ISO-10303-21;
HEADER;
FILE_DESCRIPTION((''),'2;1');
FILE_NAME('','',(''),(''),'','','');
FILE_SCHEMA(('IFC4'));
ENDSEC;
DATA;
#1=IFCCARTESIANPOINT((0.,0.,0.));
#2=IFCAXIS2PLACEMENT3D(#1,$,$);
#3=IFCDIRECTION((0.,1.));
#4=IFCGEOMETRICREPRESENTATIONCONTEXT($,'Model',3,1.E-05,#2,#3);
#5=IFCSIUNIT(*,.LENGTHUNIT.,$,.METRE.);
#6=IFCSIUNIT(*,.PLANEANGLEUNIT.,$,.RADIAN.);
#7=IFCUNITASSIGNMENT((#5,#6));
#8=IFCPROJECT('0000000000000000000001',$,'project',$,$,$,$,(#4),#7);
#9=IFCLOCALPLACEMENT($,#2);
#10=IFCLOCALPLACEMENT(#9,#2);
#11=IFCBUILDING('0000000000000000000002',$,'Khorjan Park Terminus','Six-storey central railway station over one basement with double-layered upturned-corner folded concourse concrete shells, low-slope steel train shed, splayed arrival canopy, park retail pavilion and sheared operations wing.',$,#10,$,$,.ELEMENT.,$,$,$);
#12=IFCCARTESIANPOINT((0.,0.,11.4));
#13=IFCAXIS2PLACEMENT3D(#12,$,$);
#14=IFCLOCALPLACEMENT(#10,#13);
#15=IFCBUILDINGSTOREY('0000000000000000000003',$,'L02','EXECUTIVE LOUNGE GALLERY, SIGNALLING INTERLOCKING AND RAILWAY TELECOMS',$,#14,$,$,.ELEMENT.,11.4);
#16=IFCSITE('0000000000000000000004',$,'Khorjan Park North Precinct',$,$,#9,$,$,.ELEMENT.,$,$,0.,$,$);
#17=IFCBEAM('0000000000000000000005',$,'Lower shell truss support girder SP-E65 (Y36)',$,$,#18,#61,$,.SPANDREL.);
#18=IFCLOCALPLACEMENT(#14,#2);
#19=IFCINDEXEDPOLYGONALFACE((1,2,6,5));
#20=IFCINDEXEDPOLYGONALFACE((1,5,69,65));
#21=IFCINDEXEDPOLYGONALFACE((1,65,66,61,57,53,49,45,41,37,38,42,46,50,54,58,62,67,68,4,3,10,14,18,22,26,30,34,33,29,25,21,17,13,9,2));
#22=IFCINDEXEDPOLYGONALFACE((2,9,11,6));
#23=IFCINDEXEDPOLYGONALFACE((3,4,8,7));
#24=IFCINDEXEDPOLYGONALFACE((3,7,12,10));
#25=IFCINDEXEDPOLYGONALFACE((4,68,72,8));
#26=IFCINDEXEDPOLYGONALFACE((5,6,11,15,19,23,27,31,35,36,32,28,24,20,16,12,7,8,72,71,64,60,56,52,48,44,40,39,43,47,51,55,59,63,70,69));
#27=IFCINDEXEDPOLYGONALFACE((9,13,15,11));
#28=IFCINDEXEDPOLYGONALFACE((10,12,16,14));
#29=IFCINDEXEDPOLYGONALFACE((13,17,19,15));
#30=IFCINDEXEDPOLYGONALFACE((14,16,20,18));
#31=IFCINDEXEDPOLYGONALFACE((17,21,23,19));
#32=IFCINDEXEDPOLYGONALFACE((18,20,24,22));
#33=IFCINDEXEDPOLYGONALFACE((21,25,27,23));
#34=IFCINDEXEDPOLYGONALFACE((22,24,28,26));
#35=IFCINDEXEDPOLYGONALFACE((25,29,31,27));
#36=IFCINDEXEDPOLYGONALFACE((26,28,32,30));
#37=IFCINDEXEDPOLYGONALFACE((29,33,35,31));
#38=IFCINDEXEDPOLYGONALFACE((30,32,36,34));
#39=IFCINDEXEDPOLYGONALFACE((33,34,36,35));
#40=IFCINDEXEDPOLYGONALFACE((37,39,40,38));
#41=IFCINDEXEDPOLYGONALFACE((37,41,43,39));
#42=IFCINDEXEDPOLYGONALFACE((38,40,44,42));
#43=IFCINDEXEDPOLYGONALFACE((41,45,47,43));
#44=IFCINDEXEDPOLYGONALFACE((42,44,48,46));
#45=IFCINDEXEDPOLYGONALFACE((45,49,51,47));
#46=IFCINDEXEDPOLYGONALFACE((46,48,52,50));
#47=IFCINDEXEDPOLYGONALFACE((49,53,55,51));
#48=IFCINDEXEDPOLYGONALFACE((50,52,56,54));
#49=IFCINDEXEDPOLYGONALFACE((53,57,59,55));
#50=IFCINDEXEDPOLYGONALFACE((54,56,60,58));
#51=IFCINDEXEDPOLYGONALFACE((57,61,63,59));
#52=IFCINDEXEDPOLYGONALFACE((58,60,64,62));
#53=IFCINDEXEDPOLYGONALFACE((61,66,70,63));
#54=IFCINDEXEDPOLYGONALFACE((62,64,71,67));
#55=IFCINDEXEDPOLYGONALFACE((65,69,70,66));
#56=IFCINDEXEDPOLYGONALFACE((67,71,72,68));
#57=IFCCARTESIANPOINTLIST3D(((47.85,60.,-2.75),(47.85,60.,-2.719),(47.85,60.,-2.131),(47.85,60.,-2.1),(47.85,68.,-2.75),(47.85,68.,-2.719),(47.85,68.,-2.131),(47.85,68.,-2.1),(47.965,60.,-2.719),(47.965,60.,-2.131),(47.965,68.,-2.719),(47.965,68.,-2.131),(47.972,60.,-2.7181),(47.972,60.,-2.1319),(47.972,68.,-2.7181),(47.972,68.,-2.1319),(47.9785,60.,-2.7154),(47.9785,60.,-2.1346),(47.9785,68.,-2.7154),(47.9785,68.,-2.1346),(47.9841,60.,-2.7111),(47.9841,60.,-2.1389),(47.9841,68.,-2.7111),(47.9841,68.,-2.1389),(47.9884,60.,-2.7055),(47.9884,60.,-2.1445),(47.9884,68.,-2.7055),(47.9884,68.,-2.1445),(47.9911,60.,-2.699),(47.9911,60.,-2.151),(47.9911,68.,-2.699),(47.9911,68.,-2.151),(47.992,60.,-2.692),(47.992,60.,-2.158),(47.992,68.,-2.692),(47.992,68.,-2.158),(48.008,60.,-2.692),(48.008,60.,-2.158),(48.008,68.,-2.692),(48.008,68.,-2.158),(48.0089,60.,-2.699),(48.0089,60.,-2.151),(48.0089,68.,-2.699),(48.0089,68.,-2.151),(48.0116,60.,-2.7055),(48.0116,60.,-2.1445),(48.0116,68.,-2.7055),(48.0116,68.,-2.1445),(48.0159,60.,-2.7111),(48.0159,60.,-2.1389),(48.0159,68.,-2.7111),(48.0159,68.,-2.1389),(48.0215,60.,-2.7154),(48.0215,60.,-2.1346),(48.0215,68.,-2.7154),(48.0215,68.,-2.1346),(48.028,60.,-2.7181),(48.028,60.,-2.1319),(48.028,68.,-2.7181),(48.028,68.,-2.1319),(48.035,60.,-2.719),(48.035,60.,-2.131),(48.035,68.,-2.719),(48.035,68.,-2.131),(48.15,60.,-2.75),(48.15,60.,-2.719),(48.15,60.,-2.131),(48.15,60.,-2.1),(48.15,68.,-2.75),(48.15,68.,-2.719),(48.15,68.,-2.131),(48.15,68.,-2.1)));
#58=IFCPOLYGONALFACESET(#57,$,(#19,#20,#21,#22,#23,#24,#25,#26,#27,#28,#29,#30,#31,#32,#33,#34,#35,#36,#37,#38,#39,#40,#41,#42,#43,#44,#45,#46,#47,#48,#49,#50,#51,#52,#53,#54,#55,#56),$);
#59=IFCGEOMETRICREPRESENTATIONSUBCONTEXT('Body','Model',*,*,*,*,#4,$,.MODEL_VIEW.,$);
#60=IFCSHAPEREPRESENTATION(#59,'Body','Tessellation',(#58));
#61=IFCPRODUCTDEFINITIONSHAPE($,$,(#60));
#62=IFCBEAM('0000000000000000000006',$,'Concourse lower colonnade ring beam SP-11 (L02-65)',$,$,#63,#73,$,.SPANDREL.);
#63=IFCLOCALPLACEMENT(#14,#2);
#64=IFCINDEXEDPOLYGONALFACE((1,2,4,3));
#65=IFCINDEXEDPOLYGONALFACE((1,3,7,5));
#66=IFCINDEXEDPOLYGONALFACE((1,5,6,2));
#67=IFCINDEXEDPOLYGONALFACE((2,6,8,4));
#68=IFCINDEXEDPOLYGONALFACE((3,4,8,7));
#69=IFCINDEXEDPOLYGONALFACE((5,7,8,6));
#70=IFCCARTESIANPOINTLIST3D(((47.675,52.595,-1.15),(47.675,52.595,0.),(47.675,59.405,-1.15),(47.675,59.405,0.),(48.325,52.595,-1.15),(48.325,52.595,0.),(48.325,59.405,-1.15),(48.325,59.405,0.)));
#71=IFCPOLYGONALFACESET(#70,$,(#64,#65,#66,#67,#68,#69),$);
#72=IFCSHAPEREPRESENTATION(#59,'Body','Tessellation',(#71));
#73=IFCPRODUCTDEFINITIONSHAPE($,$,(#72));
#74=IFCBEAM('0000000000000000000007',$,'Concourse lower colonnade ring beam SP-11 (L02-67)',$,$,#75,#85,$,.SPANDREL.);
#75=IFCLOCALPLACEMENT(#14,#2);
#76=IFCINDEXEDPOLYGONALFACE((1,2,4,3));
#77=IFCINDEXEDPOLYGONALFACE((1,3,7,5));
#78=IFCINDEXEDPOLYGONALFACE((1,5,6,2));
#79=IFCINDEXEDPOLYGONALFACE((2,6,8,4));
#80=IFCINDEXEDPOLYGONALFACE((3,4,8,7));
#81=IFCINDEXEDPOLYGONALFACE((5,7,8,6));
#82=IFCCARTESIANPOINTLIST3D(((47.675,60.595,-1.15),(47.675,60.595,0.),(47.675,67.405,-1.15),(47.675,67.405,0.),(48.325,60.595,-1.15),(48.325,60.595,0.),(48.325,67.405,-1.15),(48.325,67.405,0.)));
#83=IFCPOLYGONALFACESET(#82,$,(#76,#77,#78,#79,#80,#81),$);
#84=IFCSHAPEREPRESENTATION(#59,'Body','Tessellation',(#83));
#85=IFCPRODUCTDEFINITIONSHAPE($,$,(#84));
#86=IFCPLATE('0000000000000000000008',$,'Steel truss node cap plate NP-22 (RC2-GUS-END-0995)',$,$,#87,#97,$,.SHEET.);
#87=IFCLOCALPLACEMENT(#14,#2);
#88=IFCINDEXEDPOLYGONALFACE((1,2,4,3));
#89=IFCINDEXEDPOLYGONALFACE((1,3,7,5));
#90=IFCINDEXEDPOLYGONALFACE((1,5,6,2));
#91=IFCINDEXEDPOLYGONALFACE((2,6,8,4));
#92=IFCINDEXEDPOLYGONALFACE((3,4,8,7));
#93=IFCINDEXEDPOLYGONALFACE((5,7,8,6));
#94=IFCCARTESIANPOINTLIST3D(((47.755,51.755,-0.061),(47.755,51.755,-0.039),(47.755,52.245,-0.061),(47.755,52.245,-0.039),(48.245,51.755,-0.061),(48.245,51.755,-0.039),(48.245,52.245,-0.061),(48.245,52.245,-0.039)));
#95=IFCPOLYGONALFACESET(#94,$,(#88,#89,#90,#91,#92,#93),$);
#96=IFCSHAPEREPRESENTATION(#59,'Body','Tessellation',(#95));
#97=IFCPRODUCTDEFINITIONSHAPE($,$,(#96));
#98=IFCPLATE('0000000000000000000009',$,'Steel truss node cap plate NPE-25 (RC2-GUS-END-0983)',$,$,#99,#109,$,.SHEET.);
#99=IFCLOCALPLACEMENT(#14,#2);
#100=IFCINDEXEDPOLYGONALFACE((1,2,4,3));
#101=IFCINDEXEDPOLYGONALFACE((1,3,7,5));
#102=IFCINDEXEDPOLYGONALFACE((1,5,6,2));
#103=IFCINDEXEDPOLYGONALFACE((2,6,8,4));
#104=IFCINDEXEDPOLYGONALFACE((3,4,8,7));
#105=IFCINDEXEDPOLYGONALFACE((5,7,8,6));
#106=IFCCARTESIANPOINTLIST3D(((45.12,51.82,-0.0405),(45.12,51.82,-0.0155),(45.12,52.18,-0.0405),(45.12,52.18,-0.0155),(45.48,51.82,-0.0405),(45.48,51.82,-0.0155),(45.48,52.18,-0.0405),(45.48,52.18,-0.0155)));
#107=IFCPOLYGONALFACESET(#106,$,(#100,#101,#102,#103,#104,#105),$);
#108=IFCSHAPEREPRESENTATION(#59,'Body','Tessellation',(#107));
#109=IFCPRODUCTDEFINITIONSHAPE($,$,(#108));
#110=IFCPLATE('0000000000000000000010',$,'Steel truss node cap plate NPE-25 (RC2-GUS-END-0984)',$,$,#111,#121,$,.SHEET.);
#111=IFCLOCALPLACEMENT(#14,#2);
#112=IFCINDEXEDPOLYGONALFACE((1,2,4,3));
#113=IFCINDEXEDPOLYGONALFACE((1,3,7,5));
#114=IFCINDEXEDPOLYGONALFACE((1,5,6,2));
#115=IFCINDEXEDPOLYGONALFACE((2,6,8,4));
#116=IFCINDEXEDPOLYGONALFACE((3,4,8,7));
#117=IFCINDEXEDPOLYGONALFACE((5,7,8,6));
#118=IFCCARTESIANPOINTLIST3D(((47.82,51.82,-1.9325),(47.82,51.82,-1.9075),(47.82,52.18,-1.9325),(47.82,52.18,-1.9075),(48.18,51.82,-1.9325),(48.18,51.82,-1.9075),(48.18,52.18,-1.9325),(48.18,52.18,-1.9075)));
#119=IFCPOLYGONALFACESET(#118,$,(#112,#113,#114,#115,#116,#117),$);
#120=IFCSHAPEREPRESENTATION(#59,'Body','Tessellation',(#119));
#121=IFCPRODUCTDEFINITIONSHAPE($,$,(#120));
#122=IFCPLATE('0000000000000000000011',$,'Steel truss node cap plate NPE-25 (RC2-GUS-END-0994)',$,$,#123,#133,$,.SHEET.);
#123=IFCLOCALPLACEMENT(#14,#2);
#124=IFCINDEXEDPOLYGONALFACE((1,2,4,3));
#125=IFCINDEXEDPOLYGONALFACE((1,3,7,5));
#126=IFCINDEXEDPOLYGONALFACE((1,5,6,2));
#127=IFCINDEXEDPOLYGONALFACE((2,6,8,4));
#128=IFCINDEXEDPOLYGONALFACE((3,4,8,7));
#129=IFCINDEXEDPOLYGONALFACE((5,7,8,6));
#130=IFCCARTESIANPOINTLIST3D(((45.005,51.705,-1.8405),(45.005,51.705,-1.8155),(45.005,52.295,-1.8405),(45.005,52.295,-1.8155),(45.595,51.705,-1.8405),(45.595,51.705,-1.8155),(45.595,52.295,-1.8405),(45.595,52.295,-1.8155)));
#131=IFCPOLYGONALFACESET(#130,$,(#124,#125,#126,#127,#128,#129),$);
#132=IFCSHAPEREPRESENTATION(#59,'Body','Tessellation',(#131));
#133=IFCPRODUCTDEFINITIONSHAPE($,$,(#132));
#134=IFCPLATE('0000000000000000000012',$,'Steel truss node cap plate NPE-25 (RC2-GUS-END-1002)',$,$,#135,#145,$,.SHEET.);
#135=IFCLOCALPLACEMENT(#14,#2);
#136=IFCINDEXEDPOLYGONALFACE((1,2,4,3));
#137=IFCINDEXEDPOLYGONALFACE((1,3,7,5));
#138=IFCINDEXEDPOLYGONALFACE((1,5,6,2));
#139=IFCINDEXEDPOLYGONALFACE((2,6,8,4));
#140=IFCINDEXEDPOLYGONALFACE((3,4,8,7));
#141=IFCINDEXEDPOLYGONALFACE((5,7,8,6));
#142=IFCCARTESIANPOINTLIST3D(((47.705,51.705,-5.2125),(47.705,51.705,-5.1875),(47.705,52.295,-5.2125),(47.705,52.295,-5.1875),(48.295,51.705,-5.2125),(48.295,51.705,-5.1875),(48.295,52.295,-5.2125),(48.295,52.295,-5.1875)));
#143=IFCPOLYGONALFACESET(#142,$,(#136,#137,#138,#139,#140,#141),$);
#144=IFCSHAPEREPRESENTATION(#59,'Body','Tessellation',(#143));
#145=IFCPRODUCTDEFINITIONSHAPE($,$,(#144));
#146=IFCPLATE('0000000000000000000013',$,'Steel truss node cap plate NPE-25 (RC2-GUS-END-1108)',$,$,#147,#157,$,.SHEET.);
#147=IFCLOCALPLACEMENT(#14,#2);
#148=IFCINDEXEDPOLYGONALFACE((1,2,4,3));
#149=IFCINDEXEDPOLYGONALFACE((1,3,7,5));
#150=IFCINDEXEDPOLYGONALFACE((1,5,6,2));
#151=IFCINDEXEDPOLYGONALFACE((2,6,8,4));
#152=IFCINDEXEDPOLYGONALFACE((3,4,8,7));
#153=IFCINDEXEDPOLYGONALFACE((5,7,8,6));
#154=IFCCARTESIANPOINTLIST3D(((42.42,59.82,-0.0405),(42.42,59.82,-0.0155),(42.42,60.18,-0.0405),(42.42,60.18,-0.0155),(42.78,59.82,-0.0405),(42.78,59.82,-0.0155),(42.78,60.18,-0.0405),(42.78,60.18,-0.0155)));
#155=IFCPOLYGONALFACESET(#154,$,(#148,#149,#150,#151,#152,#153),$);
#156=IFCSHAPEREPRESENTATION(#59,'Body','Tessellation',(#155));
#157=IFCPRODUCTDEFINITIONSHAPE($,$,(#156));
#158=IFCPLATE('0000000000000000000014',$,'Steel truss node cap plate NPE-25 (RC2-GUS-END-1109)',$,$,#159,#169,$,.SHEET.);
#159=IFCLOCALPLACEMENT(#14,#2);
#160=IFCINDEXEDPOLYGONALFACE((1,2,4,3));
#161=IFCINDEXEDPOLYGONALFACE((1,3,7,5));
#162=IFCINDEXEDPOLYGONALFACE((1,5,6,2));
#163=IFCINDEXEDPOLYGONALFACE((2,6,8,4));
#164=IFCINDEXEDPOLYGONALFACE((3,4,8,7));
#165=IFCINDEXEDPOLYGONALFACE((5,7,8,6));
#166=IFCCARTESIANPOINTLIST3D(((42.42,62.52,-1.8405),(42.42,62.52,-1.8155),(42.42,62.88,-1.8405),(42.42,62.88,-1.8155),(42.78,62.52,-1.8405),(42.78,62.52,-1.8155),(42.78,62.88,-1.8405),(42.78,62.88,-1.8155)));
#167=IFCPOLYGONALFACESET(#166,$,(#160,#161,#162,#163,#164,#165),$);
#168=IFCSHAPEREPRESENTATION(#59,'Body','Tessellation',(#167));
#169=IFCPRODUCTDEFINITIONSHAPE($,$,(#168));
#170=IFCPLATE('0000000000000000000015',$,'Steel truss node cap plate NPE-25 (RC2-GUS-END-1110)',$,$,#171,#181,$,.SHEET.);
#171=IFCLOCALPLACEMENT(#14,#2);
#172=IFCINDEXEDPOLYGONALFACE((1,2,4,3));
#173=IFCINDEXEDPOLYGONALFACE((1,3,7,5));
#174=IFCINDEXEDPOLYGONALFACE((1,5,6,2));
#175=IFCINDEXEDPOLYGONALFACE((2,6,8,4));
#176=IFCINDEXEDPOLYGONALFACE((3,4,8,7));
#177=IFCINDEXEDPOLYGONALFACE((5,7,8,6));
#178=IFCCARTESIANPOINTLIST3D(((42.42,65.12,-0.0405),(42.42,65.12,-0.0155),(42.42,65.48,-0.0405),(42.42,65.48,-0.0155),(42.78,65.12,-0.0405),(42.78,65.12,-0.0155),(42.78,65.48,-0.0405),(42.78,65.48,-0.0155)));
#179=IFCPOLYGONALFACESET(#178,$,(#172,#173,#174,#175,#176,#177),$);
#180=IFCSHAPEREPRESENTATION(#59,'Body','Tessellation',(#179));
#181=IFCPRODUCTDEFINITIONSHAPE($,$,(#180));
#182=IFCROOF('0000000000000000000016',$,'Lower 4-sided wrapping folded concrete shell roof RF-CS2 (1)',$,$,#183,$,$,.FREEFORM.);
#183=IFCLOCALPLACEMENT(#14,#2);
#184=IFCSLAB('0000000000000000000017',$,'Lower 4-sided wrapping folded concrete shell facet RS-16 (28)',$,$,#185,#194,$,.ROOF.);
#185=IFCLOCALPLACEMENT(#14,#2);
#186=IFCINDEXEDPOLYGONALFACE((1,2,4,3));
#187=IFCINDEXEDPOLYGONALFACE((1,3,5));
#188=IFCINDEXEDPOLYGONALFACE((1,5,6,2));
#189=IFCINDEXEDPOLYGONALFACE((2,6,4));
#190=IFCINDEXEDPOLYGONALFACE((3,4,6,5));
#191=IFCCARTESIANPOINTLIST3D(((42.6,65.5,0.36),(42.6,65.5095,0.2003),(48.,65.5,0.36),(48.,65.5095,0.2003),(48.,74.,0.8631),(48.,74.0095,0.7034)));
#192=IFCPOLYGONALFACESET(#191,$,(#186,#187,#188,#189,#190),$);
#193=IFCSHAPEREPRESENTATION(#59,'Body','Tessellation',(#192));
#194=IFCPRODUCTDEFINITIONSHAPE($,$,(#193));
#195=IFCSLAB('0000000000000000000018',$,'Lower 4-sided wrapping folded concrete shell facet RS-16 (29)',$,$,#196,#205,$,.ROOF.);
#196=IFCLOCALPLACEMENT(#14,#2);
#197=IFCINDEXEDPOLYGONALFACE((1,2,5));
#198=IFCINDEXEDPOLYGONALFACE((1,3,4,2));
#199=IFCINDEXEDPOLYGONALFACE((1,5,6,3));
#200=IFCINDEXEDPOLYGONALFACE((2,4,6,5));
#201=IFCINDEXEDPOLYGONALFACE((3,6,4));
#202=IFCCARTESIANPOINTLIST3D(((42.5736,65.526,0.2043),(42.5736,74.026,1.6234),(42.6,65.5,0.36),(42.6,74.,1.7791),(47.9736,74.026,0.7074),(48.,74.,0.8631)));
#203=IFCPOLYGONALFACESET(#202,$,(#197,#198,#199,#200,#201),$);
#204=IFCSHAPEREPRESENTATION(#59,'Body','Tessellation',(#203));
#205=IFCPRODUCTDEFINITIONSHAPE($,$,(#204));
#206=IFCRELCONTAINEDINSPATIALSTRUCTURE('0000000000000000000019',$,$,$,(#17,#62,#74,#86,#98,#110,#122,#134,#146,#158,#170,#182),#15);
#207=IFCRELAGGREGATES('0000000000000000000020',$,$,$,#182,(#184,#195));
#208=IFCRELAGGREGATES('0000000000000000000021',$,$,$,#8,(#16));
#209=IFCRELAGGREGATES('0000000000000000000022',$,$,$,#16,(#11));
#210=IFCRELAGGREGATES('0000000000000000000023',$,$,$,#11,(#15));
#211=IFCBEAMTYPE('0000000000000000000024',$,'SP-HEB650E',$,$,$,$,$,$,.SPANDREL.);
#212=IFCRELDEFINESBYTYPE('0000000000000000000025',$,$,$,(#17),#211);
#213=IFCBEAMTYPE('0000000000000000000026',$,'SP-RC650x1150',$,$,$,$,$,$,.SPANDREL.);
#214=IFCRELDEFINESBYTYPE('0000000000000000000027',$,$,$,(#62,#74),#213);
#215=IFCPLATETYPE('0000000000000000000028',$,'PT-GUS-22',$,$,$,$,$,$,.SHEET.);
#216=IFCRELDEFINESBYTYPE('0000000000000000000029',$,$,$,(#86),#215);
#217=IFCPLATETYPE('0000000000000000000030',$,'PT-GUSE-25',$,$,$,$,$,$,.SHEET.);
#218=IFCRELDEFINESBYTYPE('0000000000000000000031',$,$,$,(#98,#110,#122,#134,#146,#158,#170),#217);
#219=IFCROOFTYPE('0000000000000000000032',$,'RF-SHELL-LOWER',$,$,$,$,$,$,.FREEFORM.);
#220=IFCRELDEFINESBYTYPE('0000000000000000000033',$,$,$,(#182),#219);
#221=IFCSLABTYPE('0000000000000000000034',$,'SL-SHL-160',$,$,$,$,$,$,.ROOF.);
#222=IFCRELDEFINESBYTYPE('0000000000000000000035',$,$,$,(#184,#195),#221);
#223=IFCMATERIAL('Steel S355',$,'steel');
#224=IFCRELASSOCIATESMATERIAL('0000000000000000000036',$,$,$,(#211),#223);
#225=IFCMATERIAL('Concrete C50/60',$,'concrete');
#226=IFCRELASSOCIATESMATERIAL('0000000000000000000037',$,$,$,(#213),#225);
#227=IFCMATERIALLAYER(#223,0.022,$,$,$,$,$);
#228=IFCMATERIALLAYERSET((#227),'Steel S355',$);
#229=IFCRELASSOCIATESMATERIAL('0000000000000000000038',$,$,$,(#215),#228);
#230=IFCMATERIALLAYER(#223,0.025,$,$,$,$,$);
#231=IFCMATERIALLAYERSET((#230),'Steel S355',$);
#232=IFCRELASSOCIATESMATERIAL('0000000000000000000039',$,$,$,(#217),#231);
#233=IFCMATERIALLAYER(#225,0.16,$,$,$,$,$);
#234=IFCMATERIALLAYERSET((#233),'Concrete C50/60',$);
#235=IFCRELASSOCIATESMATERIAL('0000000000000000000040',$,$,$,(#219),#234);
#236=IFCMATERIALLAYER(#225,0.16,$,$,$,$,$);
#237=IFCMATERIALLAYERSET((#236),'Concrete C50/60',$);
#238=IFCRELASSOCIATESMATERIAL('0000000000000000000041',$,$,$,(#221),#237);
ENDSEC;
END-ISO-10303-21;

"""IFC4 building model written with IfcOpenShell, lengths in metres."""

from ifc_helpers import new_model, si_unit, direction, frame, origin, origin_2d, place, context, subcontext, project, spatial, polyline, rectangle, i_section, outline, extrude, material, layer, layer_set, material_profile, profile_set, type_object, element, aggregate, save


model = new_model("IFC4")

# Units and contexts
model_context = context("Model", 3, precision=1e-05, world=origin(), true_north=direction((0.0, 1.0)))
body_context = subcontext(model_context, "Body", "Model", "MODEL_VIEW")
ifc_project = project(units=[si_unit("LENGTHUNIT", "METRE"), si_unit("PLANEANGLEUNIT", "RADIAN")], contexts=[model_context])

# Site, building, storey
site_placement = place(None, origin())
site = spatial("IfcSite", under=ifc_project, at=site_placement, Name="Khorjan Park North Precinct", CompositionType="ELEMENT", RefElevation=0.0)
building_placement = place(site_placement, origin())
building = spatial("IfcBuilding", under=site, at=building_placement, Name="Khorjan Park Terminus", Description="Six-storey central railway station over one basement with double-layered upturned-corner folded concourse concrete shells, low-slope steel train shed, splayed arrival canopy, park retail pavilion and sheared operations wing.", CompositionType="ELEMENT")
storey_placement = place(building_placement, frame((0.0, 0.0, 11.4)))
storey = spatial("IfcBuildingStorey", under=building, at=storey_placement, Name="L02", Description="EXECUTIVE LOUNGE GALLERY, SIGNALLING INTERLOCKING AND RAILWAY TELECOMS", CompositionType="ELEMENT", Elevation=11.4)

# Shared definitions
ifc_material_1 = material(Name="Concrete C50/60", Category="concrete")

# Shared definitions
ifc_material_2 = material(Name="Steel S355", Category="steel")

# Beams
ifc_material_profile_1 = material_profile(ifc_material_2, i_section(OverallWidth=0.3, OverallDepth=0.65, WebThickness=0.016, FlangeThickness=0.031, FilletRadius=0.027, at=origin_2d()), Name="HEB 650")
ifc_profile_set_1 = profile_set([ifc_material_profile_1], Name="Steel S355")
beam_type_1 = type_object("IfcBeamType", Name="SP-HEB650E", PredefinedType="SPANDREL", material=ifc_profile_set_1)
for number, where, z_axis, x_axis, name in (
    (1, (48.0, 60.0, -2.425), (0.0, 1.0, 0.0), (-1.0, 0.0, 0.0), "Lower shell truss support girder SP-E65 (Y36)"),
):
    element("IfcBeam", number, at=place(storey_placement, frame(where, z_axis=z_axis, x_axis=x_axis)), inside=storey, type_object=beam_type_1, Name=name, PredefinedType="SPANDREL", context=body_context, shape_type="SweptSolid", body=[
        extrude(i_section(OverallWidth=0.3, OverallDepth=0.65, WebThickness=0.016, FlangeThickness=0.031, FilletRadius=0.027, at=origin_2d()), origin(), (0.0, 0.0, 1.0), 8.0),
    ])
ifc_material_profile_2 = material_profile(ifc_material_1, rectangle(XDim=0.65, YDim=1.15, at=origin_2d()), Name="RC 650x1150")
ifc_profile_set_2 = profile_set([ifc_material_profile_2], Name="Concrete C50/60")
beam_type_2 = type_object("IfcBeamType", Name="SP-RC650x1150", PredefinedType="SPANDREL", material=ifc_profile_set_2)
for number, where, z_axis, x_axis, name in (
    (2, (48.0, 52.595, -0.575), (0.0, 1.0, 0.0), (-1.0, 0.0, 0.0), "Concourse lower colonnade ring beam SP-11 (L02-65)"),
    (3, (48.0, 60.595, -0.575), (0.0, 1.0, 0.0), (-1.0, 0.0, 0.0), "Concourse lower colonnade ring beam SP-11 (L02-67)"),
):
    element("IfcBeam", number, at=place(storey_placement, frame(where, z_axis=z_axis, x_axis=x_axis)), inside=storey, type_object=beam_type_2, Name=name, PredefinedType="SPANDREL", context=body_context, shape_type="SweptSolid", body=[
        extrude(rectangle(XDim=0.65, YDim=1.15, at=origin_2d()), origin(), (0.0, 0.0, 1.0), 6.81),
    ])

# Plates
ifc_layer_1 = layer(ifc_material_2, 0.022)
ifc_layer_set_1 = layer_set([ifc_layer_1], Name="Steel S355")
plate_type_1 = type_object("IfcPlateType", Name="PT-GUS-22", PredefinedType="SHEET", material=ifc_layer_set_1)
plate_placement = place(storey_placement, frame((48.0, 52.0, -0.061), z_axis=(0.0, 0.0, 1.0), x_axis=(1.0, 0.0, 0.0)))
element("IfcPlate", 4, at=plate_placement, inside=storey, type_object=plate_type_1, Name="Steel truss node cap plate NP-22 (RC2-GUS-END-0995)", PredefinedType="SHEET", context=body_context, shape_type="SweptSolid", body=[
    extrude(rectangle(XDim=0.49, YDim=0.49, at=origin_2d()), origin(), (0.0, 0.0, 1.0), 0.022),
])
ifc_layer_2 = layer(ifc_material_2, 0.025)
ifc_layer_set_2 = layer_set([ifc_layer_2], Name="Steel S355")
plate_type_2 = type_object("IfcPlateType", Name="PT-GUSE-25", PredefinedType="SHEET", material=ifc_layer_set_2)
for number, where, z_axis, x_axis, name in (
    (5, (45.3, 52.0, -0.0405), (0.0, 0.0, 1.0), (1.0, 0.0, 0.0), "Steel truss node cap plate NPE-25 (RC2-GUS-END-0983)"),
    (6, (48.0, 52.0, -1.9325), (0.0, 0.0, 1.0), (1.0, 0.0, 0.0), "Steel truss node cap plate NPE-25 (RC2-GUS-END-0984)"),
):
    element("IfcPlate", number, at=place(storey_placement, frame(where, z_axis=z_axis, x_axis=x_axis)), inside=storey, type_object=plate_type_2, Name=name, PredefinedType="SHEET", context=body_context, shape_type="SweptSolid", body=[
        extrude(rectangle(XDim=0.36, YDim=0.36, at=origin_2d()), origin(), (0.0, 0.0, 1.0), 0.025),
    ])
for number, where, z_axis, x_axis, name in (
    (7, (45.3, 52.0, -1.8405), (0.0, 0.0, 1.0), (1.0, 0.0, 0.0), "Steel truss node cap plate NPE-25 (RC2-GUS-END-0994)"),
    (8, (48.0, 52.0, -5.2125), (0.0, 0.0, 1.0), (1.0, 0.0, 0.0), "Steel truss node cap plate NPE-25 (RC2-GUS-END-1002)"),
):
    element("IfcPlate", number, at=place(storey_placement, frame(where, z_axis=z_axis, x_axis=x_axis)), inside=storey, type_object=plate_type_2, Name=name, PredefinedType="SHEET", context=body_context, shape_type="SweptSolid", body=[
        extrude(rectangle(XDim=0.59, YDim=0.59, at=origin_2d()), origin(), (0.0, 0.0, 1.0), 0.025),
    ])
for number, where, z_axis, x_axis, name in (
    (9, (42.6, 60.0, -0.0405), (0.0, 0.0, 1.0), (1.0, 0.0, 0.0), "Steel truss node cap plate NPE-25 (RC2-GUS-END-1108)"),
    (10, (42.6, 62.7, -1.8405), (0.0, 0.0, 1.0), (1.0, 0.0, 0.0), "Steel truss node cap plate NPE-25 (RC2-GUS-END-1109)"),
    (11, (42.6, 65.3, -0.0405), (0.0, 0.0, 1.0), (1.0, 0.0, 0.0), "Steel truss node cap plate NPE-25 (RC2-GUS-END-1110)"),
):
    element("IfcPlate", number, at=place(storey_placement, frame(where, z_axis=z_axis, x_axis=x_axis)), inside=storey, type_object=plate_type_2, Name=name, PredefinedType="SHEET", context=body_context, shape_type="SweptSolid", body=[
        extrude(rectangle(XDim=0.36, YDim=0.36, at=origin_2d()), origin(), (0.0, 0.0, 1.0), 0.025),
    ])

# Roof, slabs
ifc_layer_3 = layer(ifc_material_1, 0.16)
ifc_layer_set_3 = layer_set([ifc_layer_3], Name="Concrete C50/60")
roof_type = type_object("IfcRoofType", Name="RF-SHELL-LOWER", PredefinedType="FREEFORM", material=ifc_layer_set_3)
roof_placement = place(storey_placement, origin())
roof = element("IfcRoof", 12, at=roof_placement, inside=storey, type_object=roof_type, Name="Lower 4-sided wrapping folded concrete shell roof RF-CS2 (1)", PredefinedType="FREEFORM")
ifc_layer_4 = layer(ifc_material_1, 0.16)
ifc_layer_set_4 = layer_set([ifc_layer_4], Name="Concrete C50/60")
slab_type = type_object("IfcSlabType", Name="SL-SHL-160", PredefinedType="ROOF", material=ifc_layer_set_4)
slab_1_placement = place(storey_placement, frame((42.6, 65.5, 0.36), z_axis=(0.0, -0.059085, 0.998253), x_axis=(1.0, 0.0, 0.0)))
slab_1 = element("IfcSlab", 13, at=slab_1_placement, type_object=slab_type, Name="Lower 4-sided wrapping folded concrete shell facet RS-16 (28)", PredefinedType="ROOF", context=body_context, shape_type="SweptSolid", body=[
    extrude(outline(polyline([(0.0, 0.0), (5.4, 0.0), (5.4, 8.5149), (0.0, 0.0)])), origin(), (0.0, 0.0, -1.0), 0.16),
])
slab_2_placement = place(storey_placement, frame((42.6, 65.5, 0.36), z_axis=(0.16502, -0.162416, 0.972825), x_axis=(0.535565, 0.843019, 0.049897)))
slab_2 = element("IfcSlab", 14, at=slab_2_placement, type_object=slab_type, Name="Lower 4-sided wrapping folded concrete shell facet RS-16 (29)", PredefinedType="ROOF", context=body_context, shape_type="SweptSolid", body=[
    extrude(outline(polyline([(0.0, 0.0), (10.0828, 0.0), (7.2365, 4.6795), (0.0, 0.0)])), origin(), (0.0, 0.0, -1.0), 0.16),
])
aggregate(roof, [slab_1, slab_2])

save(model, "model.ifc")
